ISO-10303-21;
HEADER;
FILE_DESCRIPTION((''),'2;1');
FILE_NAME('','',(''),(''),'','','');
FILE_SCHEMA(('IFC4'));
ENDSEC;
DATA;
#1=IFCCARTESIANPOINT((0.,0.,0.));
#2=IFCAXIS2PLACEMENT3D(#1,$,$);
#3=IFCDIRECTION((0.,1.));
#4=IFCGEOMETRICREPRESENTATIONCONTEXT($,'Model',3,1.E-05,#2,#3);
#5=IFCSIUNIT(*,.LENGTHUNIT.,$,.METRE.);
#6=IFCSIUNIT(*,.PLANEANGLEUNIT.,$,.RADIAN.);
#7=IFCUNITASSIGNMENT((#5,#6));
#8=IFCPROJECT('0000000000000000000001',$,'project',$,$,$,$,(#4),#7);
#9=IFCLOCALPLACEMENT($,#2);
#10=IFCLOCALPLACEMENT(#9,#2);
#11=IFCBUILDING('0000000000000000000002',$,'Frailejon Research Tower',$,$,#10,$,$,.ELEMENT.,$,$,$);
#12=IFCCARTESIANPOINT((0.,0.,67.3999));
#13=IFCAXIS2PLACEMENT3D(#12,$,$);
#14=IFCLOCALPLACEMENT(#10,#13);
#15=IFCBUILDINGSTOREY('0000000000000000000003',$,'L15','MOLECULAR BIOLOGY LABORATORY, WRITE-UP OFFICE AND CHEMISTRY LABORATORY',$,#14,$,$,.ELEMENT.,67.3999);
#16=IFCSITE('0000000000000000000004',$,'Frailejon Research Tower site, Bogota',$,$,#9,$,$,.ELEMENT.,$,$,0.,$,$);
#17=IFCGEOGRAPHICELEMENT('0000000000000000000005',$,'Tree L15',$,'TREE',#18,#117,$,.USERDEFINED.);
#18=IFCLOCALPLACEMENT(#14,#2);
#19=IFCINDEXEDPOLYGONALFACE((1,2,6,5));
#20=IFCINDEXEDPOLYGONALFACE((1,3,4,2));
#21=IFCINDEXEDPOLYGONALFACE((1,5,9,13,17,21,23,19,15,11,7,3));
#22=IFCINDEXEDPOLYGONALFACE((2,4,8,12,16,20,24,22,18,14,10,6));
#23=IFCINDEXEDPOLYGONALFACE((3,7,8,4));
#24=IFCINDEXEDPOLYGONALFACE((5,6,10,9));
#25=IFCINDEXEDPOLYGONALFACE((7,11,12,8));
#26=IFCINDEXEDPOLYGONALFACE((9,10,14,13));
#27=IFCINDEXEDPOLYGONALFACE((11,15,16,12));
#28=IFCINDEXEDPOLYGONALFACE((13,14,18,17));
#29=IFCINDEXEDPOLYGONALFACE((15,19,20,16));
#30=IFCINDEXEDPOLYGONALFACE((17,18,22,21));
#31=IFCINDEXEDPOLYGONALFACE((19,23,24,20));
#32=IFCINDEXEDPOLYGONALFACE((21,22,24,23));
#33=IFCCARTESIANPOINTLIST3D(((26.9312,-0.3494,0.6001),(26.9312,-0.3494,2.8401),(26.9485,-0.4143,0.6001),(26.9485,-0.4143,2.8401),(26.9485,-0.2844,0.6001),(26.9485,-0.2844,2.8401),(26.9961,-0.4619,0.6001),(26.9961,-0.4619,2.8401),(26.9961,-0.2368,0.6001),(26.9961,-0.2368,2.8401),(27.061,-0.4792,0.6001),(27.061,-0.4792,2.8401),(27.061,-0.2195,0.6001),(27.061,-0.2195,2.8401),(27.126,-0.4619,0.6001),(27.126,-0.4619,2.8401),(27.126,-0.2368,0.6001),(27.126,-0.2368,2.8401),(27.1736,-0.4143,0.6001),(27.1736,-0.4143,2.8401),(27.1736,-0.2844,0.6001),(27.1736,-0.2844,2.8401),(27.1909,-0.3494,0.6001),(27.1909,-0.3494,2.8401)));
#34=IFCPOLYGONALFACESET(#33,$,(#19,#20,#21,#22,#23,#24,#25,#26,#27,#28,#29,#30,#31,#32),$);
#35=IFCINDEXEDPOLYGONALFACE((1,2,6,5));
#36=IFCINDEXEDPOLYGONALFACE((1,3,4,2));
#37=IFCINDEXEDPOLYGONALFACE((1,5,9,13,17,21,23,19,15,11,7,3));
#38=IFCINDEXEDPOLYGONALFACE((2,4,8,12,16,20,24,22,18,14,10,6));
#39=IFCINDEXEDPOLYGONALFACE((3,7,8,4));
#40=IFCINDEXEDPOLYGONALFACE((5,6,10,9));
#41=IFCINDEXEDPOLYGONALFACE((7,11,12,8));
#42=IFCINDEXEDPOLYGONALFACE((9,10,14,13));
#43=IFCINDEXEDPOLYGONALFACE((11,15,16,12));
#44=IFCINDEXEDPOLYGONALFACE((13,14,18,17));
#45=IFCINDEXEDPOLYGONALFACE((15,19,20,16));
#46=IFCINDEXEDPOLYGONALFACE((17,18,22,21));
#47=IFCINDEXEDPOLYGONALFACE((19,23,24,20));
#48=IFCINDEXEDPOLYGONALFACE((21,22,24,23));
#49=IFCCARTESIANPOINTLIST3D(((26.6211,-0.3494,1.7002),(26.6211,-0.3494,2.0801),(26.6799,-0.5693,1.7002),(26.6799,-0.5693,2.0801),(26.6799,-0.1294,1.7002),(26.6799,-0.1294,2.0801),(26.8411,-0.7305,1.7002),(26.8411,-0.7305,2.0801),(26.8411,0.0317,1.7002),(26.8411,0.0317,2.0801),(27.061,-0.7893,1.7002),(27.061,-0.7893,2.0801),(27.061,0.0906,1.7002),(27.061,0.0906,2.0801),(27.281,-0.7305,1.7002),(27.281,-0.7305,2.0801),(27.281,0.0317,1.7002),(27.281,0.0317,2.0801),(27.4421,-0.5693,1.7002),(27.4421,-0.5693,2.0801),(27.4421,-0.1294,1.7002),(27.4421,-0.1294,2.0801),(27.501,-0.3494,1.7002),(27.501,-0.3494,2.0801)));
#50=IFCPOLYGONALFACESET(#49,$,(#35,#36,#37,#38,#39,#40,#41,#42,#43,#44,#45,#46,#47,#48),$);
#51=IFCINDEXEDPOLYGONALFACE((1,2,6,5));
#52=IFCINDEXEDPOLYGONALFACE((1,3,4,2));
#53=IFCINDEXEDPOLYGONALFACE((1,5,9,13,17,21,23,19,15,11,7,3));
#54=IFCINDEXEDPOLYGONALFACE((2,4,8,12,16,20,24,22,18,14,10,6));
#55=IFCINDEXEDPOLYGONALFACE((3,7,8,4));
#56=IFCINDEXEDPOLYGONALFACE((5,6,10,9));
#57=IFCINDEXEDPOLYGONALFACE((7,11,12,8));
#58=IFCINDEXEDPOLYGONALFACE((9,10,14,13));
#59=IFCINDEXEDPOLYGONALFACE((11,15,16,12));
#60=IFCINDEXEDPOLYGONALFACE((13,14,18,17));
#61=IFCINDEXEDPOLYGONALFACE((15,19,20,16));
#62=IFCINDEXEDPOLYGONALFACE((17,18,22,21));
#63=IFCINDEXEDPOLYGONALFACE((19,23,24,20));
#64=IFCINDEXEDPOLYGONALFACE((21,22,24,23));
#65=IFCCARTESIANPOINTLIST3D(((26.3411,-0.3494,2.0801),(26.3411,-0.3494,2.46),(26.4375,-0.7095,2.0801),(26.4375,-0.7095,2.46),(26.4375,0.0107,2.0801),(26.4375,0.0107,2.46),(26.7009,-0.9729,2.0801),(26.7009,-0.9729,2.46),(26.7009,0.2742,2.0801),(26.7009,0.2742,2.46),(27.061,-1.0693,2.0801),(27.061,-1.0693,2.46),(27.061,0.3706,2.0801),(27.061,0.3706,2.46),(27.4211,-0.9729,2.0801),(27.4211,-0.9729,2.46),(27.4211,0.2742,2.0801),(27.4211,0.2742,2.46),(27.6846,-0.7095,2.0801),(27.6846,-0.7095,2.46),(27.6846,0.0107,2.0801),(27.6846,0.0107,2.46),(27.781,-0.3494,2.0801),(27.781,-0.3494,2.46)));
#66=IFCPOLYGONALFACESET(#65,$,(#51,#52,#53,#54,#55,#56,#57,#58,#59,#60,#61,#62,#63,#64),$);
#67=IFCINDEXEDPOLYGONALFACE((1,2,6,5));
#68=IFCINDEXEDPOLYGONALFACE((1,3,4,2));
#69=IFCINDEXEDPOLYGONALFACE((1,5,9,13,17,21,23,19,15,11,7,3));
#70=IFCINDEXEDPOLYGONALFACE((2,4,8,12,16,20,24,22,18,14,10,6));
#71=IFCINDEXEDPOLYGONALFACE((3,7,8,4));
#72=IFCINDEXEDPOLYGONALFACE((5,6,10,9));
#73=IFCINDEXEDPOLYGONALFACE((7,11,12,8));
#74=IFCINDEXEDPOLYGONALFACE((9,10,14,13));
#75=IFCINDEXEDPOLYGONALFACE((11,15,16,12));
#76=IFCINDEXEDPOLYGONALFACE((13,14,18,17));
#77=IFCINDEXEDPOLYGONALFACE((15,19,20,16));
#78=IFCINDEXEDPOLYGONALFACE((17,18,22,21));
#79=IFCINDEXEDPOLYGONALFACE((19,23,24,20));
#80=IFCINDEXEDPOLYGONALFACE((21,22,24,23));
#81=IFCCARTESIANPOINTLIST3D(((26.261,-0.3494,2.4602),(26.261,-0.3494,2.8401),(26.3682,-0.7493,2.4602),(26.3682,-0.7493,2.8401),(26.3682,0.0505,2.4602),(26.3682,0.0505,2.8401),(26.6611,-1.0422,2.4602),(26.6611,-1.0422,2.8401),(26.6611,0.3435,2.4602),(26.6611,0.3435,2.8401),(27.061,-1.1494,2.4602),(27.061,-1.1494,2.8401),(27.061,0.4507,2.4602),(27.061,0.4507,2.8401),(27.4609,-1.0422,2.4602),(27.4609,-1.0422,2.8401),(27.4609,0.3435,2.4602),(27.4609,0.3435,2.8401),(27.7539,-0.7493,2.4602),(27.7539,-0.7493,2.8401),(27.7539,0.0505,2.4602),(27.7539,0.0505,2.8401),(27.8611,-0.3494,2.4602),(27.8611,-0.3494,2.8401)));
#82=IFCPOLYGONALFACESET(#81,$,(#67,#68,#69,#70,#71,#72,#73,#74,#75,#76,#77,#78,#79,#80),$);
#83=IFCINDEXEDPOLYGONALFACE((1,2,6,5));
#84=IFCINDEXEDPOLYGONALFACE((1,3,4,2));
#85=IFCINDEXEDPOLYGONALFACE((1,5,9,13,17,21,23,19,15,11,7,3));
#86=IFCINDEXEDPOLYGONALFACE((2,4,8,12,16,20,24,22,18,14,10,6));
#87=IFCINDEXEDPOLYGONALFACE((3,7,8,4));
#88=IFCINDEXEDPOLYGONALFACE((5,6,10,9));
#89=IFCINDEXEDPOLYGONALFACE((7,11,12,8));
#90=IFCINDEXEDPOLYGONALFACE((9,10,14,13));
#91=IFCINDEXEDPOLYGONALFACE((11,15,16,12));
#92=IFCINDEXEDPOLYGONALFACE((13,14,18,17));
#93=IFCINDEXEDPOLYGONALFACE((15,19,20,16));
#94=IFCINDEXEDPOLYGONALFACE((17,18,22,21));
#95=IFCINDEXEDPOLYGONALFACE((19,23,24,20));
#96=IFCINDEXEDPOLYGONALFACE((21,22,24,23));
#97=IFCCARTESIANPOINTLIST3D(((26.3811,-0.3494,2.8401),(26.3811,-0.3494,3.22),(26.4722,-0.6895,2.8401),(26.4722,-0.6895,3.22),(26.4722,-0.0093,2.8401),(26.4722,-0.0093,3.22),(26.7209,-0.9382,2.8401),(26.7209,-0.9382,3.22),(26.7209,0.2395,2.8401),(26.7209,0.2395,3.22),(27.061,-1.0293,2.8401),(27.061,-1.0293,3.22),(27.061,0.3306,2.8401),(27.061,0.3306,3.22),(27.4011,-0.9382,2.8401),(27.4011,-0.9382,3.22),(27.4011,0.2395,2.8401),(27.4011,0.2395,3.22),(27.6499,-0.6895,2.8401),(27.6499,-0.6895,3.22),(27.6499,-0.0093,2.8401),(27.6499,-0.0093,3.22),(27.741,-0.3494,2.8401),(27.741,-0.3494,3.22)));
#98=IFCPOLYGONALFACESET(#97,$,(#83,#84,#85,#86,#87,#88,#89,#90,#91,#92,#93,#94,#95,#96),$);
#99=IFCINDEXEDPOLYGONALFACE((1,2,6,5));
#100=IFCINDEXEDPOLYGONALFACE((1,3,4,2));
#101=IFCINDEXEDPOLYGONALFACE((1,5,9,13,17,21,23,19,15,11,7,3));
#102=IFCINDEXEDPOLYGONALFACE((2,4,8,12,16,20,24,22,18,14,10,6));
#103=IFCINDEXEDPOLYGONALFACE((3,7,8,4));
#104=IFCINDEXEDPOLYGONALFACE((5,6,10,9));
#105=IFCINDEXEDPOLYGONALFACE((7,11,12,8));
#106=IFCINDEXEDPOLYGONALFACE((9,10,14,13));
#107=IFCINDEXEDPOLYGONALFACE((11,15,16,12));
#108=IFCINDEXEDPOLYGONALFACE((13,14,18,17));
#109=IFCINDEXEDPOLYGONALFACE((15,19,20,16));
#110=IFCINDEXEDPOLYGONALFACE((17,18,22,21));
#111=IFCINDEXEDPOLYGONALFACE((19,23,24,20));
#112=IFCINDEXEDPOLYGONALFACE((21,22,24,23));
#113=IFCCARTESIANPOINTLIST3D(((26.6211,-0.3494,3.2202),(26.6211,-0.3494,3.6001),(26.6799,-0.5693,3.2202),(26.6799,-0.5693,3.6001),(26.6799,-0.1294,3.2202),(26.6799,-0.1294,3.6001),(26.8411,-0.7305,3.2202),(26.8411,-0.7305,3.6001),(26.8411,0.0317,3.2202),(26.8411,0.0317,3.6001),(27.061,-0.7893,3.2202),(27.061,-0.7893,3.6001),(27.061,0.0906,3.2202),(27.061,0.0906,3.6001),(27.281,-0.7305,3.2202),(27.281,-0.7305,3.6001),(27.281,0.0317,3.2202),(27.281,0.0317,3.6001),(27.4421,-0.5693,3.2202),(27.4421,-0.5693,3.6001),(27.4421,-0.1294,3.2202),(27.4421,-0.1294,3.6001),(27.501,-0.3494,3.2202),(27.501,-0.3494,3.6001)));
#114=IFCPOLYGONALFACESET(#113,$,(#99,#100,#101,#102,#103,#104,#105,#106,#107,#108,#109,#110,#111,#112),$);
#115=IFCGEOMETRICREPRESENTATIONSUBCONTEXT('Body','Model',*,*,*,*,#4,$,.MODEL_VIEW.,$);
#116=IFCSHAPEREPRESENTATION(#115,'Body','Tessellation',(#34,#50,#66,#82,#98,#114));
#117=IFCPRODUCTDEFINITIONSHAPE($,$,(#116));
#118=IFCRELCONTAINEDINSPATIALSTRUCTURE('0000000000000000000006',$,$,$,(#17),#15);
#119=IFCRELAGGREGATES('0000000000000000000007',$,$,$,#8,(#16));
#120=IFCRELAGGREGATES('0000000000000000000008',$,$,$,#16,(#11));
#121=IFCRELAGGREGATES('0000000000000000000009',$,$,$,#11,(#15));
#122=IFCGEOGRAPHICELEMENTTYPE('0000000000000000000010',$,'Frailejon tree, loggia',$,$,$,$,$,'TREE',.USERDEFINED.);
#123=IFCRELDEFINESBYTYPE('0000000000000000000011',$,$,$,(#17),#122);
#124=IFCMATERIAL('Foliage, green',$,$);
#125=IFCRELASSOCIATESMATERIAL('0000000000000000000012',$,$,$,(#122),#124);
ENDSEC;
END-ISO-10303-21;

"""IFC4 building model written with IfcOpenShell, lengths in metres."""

from ifc_helpers import new_model, si_unit, direction, frame, origin, place, context, subcontext, project, spatial, polyline, outline, extrude, material, type_object, element, save


model = new_model("IFC4")

# Units and contexts
model_context = context("Model", 3, precision=1e-05, world=origin(), true_north=direction((0.0, 1.0)))
body_context = subcontext(model_context, "Body", "Model", "MODEL_VIEW")
ifc_project = project(units=[si_unit("LENGTHUNIT", "METRE"), si_unit("PLANEANGLEUNIT", "RADIAN")], contexts=[model_context])

# Site, building, storey
site_placement = place(None, origin())
site = spatial("IfcSite", under=ifc_project, at=site_placement, Name="Frailejon Research Tower site, Bogota", CompositionType="ELEMENT", RefElevation=0.0)
building_placement = place(site_placement, origin())
building = spatial("IfcBuilding", under=site, at=building_placement, Name="Frailejon Research Tower", CompositionType="ELEMENT")
storey_placement = place(building_placement, frame((0.0, 0.0, 67.3999)))
storey = spatial("IfcBuildingStorey", under=building, at=storey_placement, Name="L15", Description="MOLECULAR BIOLOGY LABORATORY, WRITE-UP OFFICE AND CHEMISTRY LABORATORY", CompositionType="ELEMENT", Elevation=67.3999)

# Geographic element
ifc_material_1 = material(Name="Foliage, green")
geographic_element_type = type_object("IfcGeographicElementType", Name="Frailejon tree, loggia", ElementType="TREE", PredefinedType="USERDEFINED", material=ifc_material_1)
geographic_element_placement = place(storey_placement, frame((27.061, -0.3494, 0.6001)))
element("IfcGeographicElement", 1, at=geographic_element_placement, inside=storey, type_object=geographic_element_type, Name="Tree L15", ObjectType="TREE", PredefinedType="USERDEFINED", context=body_context, shape_type="SweptSolid", body=[
    extrude(outline(polyline([(0.1299, 0.0), (0.1125, 0.0649), (0.0649, 0.1125), (0.0, 0.1299), (-0.0649, 0.1125), (-0.1125, 0.0649), (-0.1299, 0.0), (-0.1125, -0.0649), (-0.0649, -0.1125), (0.0, -0.1299), (0.0649, -0.1125), (0.1125, -0.0649), (0.1299, 0.0)])), origin(), (0.0, 0.0, 1.0), 2.24),
    extrude(outline(polyline([(0.4399, 0.0), (0.3811, 0.22), (0.22, 0.3811), (0.0, 0.4399), (-0.22, 0.3811), (-0.3811, 0.22), (-0.4399, 0.0), (-0.3811, -0.22), (-0.22, -0.3811), (0.0, -0.4399), (0.22, -0.3811), (0.3811, -0.22), (0.4399, 0.0)])), frame((0.0, 0.0, 1.1001)), (0.0, 0.0, 1.0), 0.3799),
    extrude(outline(polyline([(0.72, 0.0), (0.6235, 0.3601), (0.3601, 0.6235), (0.0, 0.72), (-0.3601, 0.6235), (-0.6235, 0.3601), (-0.72, 0.0), (-0.6235, -0.3601), (-0.3601, -0.6235), (0.0, -0.72), (0.3601, -0.6235), (0.6235, -0.3601), (0.72, 0.0)])), frame((0.0, 0.0, 1.48)), (0.0, 0.0, 1.0), 0.3799),
    extrude(outline(polyline([(0.8, 0.0), (0.6929, 0.3999), (0.3999, 0.6929), (0.0, 0.8), (-0.3999, 0.6929), (-0.6929, 0.3999), (-0.8, 0.0), (-0.6929, -0.3999), (-0.3999, -0.6929), (0.0, -0.8), (0.3999, -0.6929), (0.6929, -0.3999), (0.8, 0.0)])), frame((0.0, 0.0, 1.8601)), (0.0, 0.0, 1.0), 0.3799),
    extrude(outline(polyline([(0.6799, 0.0), (0.5889, 0.3401), (0.3401, 0.5889), (0.0, 0.6799), (-0.3401, 0.5889), (-0.5889, 0.3401), (-0.6799, 0.0), (-0.5889, -0.3401), (-0.3401, -0.5889), (0.0, -0.6799), (0.3401, -0.5889), (0.5889, -0.3401), (0.6799, 0.0)])), frame((0.0, 0.0, 2.24)), (0.0, 0.0, 1.0), 0.3799),
    extrude(outline(polyline([(0.4399, 0.0), (0.3811, 0.22), (0.22, 0.3811), (0.0, 0.4399), (-0.22, 0.3811), (-0.3811, 0.22), (-0.4399, 0.0), (-0.3811, -0.22), (-0.22, -0.3811), (0.0, -0.4399), (0.22, -0.3811), (0.3811, -0.22), (0.4399, 0.0)])), frame((0.0, 0.0, 2.6201)), (0.0, 0.0, 1.0), 0.3799),
])

save(model, "model.ifc")
